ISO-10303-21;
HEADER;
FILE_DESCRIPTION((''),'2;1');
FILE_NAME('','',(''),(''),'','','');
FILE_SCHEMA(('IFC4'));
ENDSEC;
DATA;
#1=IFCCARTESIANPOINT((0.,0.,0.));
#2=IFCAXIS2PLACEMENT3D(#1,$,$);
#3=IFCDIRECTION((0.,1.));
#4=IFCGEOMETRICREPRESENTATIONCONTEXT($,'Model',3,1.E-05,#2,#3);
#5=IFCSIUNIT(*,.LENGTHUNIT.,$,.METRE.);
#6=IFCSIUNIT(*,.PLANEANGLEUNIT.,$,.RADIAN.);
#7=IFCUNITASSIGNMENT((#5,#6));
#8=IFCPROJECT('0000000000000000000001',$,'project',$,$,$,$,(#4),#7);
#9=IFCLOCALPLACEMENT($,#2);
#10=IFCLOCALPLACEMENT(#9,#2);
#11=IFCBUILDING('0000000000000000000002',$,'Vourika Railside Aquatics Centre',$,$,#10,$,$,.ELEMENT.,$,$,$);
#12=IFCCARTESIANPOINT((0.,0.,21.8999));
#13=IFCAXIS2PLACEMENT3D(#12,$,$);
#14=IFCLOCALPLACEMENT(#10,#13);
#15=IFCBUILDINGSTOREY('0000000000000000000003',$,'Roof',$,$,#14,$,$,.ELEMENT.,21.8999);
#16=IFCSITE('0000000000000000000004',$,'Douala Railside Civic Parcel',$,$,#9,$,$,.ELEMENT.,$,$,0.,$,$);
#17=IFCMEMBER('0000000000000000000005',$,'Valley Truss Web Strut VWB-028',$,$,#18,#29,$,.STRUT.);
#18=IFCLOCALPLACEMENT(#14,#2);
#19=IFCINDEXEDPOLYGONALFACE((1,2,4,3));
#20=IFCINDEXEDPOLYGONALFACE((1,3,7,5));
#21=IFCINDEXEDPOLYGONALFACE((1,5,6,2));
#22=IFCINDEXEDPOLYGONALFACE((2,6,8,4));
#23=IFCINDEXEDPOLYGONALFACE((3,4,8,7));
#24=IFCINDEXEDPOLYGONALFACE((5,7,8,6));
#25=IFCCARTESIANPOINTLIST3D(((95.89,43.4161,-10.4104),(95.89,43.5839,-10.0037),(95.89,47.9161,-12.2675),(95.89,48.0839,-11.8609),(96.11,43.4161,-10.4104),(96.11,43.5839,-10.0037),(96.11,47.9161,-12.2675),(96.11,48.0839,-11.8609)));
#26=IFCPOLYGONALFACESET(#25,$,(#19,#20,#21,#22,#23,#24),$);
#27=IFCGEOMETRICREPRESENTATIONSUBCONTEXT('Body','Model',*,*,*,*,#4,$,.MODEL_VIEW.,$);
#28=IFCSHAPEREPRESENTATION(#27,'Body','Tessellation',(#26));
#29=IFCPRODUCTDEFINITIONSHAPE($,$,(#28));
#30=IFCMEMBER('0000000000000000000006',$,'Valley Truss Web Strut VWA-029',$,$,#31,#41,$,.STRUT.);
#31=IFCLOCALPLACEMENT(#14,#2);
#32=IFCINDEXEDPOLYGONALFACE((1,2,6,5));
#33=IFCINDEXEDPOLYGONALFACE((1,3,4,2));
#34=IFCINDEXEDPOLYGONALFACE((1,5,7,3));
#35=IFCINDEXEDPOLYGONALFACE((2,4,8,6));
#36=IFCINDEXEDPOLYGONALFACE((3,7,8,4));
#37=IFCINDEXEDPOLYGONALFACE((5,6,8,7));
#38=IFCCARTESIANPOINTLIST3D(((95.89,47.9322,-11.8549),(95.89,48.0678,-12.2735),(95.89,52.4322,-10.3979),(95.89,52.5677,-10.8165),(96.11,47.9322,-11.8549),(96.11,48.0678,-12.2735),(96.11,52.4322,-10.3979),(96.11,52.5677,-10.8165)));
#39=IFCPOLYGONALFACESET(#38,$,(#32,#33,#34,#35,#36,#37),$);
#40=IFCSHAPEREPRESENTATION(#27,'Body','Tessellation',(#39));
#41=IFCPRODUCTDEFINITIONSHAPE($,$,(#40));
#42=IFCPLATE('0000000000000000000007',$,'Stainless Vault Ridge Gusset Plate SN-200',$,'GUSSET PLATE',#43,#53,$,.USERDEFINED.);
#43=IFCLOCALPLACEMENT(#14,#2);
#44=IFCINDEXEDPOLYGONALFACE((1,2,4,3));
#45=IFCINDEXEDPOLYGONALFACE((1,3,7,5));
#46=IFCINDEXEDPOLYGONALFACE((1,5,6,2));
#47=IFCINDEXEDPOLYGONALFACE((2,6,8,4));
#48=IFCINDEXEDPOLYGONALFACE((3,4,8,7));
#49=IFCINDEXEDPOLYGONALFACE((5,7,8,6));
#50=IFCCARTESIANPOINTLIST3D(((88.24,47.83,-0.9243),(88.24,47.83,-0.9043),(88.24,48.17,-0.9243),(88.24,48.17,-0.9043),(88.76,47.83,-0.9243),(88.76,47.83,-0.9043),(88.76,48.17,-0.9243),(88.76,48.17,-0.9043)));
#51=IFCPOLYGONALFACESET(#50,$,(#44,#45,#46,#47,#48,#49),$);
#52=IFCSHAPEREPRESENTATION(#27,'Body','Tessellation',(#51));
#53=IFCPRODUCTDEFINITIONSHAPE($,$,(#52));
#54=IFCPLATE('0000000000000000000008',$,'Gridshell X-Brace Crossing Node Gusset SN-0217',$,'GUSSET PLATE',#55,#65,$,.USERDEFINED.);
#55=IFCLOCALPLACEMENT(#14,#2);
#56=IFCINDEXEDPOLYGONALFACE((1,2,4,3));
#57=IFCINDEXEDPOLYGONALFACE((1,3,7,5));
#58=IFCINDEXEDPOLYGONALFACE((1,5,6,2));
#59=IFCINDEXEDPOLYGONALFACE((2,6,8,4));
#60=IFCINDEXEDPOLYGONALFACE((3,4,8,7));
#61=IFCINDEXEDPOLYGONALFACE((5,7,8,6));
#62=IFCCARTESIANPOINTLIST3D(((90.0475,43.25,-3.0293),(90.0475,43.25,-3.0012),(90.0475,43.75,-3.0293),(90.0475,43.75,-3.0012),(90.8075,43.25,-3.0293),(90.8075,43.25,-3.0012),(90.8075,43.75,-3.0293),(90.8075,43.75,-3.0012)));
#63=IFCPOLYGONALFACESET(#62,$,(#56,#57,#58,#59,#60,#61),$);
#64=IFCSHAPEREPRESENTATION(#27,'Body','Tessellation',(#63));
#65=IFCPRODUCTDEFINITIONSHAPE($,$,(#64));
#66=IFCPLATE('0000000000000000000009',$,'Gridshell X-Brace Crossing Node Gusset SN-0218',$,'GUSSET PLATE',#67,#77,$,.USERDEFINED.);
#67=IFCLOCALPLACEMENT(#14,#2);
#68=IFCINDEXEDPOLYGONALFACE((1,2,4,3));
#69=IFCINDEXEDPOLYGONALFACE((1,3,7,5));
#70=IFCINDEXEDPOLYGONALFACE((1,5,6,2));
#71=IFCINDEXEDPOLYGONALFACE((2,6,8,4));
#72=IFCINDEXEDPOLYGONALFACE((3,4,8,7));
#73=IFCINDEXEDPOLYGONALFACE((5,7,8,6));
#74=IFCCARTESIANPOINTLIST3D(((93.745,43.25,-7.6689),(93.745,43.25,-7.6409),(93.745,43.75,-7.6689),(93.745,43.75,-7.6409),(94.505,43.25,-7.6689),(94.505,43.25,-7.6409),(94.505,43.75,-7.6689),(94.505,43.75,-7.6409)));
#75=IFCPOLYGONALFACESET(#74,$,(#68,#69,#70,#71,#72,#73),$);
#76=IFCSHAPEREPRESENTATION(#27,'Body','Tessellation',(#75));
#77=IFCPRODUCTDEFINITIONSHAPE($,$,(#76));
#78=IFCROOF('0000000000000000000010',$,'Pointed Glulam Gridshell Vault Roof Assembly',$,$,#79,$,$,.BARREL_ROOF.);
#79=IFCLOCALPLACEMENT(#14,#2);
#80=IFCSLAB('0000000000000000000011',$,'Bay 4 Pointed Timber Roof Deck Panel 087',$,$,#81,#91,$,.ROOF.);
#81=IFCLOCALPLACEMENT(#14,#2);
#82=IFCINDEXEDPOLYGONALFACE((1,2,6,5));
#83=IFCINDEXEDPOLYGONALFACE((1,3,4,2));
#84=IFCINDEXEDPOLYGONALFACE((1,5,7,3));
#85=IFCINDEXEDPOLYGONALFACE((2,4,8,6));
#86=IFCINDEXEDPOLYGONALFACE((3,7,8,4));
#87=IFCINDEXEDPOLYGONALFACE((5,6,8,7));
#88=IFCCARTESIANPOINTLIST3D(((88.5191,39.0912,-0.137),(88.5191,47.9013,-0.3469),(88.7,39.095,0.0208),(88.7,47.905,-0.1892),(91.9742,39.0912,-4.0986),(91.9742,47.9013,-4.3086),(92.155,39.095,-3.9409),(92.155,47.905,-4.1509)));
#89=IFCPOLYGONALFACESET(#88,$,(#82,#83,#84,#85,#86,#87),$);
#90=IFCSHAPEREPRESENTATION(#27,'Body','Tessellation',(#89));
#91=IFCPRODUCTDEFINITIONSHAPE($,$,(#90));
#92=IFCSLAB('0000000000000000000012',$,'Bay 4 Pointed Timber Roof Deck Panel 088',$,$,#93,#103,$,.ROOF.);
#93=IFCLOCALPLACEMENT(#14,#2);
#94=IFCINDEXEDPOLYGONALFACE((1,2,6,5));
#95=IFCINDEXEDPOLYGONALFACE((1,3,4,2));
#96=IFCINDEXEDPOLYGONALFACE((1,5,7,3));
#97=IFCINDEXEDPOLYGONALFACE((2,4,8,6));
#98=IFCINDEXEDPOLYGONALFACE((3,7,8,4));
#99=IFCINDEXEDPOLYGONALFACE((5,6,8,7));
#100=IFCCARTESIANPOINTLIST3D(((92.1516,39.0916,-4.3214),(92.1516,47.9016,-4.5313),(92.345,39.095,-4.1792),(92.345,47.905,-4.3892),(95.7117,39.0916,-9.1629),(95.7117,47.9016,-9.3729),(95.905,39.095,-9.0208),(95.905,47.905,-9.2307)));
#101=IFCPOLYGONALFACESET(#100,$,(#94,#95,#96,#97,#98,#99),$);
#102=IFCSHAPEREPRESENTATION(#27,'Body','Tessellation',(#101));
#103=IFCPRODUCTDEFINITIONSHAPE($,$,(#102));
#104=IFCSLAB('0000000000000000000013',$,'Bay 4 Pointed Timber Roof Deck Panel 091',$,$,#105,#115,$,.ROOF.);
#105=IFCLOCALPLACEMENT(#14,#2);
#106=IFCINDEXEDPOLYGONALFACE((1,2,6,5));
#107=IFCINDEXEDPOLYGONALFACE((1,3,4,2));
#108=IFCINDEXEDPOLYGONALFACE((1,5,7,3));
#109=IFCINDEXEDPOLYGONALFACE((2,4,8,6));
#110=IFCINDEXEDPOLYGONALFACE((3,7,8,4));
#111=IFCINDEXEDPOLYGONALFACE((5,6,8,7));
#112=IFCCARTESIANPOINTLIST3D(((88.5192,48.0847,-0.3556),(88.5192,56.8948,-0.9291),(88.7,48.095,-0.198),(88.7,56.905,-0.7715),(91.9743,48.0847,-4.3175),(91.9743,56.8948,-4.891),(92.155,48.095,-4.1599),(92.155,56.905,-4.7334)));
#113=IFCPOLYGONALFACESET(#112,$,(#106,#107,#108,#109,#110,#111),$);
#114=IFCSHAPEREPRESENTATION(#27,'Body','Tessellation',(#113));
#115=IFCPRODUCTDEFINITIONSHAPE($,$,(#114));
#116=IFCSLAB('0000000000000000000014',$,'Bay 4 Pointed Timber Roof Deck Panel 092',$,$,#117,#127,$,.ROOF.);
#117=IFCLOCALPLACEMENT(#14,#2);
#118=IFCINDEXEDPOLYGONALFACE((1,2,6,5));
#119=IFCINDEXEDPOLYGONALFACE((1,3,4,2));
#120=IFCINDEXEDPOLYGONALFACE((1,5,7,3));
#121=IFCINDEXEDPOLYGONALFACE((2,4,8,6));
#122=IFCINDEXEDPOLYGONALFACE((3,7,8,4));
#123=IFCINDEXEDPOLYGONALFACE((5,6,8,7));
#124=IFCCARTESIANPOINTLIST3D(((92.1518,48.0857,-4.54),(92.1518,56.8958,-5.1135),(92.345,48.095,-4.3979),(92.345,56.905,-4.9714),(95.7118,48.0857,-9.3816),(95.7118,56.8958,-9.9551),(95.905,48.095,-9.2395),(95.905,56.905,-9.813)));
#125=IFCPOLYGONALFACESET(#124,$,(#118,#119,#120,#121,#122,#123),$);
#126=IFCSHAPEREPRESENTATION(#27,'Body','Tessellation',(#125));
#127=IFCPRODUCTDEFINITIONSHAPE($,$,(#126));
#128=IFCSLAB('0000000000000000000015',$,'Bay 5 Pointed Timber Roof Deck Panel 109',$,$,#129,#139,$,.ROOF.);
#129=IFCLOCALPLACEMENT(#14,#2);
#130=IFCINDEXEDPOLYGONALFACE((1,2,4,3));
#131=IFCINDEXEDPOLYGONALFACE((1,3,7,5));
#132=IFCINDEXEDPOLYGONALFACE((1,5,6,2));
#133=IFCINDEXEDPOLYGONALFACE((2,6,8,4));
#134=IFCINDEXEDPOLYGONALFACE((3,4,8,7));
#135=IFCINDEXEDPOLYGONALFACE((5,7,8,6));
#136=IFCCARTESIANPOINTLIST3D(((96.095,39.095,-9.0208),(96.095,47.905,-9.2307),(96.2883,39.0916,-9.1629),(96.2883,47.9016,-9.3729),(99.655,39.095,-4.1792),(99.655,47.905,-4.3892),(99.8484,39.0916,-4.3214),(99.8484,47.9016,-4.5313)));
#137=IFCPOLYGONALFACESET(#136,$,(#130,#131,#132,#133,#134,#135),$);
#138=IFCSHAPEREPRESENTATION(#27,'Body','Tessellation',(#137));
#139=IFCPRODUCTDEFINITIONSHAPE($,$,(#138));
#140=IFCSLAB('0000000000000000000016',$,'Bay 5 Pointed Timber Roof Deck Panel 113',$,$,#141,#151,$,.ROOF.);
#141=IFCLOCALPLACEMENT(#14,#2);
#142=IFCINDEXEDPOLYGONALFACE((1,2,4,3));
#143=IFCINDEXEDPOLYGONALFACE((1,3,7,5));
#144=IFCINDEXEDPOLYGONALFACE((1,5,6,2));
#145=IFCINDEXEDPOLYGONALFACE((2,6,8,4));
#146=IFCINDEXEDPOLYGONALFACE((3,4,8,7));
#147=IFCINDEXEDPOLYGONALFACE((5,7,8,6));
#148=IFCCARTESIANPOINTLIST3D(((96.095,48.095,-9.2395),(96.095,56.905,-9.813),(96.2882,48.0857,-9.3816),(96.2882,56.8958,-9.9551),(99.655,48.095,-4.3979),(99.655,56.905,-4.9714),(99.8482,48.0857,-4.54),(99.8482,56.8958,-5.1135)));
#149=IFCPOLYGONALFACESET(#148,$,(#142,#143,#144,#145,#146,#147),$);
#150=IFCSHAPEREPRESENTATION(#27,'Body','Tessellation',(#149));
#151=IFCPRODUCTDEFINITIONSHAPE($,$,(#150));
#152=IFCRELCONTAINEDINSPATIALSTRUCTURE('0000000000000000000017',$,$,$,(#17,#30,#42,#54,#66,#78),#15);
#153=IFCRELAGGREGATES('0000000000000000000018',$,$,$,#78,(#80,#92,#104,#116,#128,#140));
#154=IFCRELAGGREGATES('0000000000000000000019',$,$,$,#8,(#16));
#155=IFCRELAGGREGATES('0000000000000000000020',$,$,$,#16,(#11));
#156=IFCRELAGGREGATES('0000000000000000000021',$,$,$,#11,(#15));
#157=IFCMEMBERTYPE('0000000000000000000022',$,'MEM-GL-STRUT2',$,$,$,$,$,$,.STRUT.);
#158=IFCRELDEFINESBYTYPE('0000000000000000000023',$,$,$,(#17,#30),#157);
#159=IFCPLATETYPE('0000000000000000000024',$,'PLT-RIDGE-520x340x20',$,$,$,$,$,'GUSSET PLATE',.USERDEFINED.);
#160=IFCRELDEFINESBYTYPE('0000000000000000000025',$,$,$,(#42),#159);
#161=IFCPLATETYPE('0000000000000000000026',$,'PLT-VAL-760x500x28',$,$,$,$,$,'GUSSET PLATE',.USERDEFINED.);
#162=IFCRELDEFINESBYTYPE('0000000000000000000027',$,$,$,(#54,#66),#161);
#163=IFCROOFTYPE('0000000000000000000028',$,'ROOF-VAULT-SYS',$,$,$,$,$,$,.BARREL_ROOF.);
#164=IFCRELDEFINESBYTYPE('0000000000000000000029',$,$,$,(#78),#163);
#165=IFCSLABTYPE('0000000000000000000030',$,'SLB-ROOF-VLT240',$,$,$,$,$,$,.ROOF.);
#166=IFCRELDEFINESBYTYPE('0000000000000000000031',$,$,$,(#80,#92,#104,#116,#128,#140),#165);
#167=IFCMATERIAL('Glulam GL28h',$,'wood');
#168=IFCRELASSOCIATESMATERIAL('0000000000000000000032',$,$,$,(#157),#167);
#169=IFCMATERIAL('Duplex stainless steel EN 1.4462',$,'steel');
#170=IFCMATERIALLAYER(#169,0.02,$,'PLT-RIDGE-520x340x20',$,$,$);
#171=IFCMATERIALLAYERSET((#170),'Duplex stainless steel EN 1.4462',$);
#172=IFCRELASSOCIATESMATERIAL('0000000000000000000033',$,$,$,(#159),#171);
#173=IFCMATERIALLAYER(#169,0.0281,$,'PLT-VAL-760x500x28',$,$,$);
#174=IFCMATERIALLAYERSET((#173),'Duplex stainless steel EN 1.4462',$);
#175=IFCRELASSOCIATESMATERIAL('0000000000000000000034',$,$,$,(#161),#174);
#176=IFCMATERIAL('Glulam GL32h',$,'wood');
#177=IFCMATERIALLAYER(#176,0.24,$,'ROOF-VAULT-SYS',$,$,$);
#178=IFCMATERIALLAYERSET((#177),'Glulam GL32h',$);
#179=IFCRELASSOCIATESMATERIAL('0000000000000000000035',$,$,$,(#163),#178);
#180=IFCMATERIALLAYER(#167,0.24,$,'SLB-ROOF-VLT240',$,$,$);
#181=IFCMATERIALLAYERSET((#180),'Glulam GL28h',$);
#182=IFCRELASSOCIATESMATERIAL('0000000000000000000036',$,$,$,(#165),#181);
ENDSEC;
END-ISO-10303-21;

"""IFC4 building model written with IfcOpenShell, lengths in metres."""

from ifc_helpers import new_model, si_unit, direction, frame, origin, origin_2d, place, context, subcontext, project, spatial, polyline, rectangle, outline, extrude, material, layer, layer_set, material_profile, profile_set, type_object, element, aggregate, save


model = new_model("IFC4")

# Units and contexts
model_context = context("Model", 3, precision=1e-05, world=origin(), true_north=direction((0.0, 1.0)))
body_context = subcontext(model_context, "Body", "Model", "MODEL_VIEW")
ifc_project = project(units=[si_unit("LENGTHUNIT", "METRE"), si_unit("PLANEANGLEUNIT", "RADIAN")], contexts=[model_context])

# Site, building, storey
site_placement = place(None, origin())
site = spatial("IfcSite", under=ifc_project, at=site_placement, Name="Douala Railside Civic Parcel", CompositionType="ELEMENT", RefElevation=0.0)
building_placement = place(site_placement, origin())
building = spatial("IfcBuilding", under=site, at=building_placement, Name="Vourika Railside Aquatics Centre", CompositionType="ELEMENT")
storey_placement = place(building_placement, frame((0.0, 0.0, 21.8999)))
storey = spatial("IfcBuildingStorey", under=building, at=storey_placement, Name="Roof", CompositionType="ELEMENT", Elevation=21.8999)

# Shared definitions
ifc_material_1 = material(Name="Glulam GL32h", Category="wood")

# Members
ifc_material_2 = material(Name="Glulam GL28h", Category="wood")
ifc_material_profile_1 = material_profile(ifc_material_2, rectangle(XDim=0.22, YDim=0.4399, at=origin_2d()), Name="GL28h 220x440")
ifc_profile_set_1 = profile_set([ifc_material_profile_1], Name="Glulam GL28h")
member_type_1 = type_object("IfcMemberType", Name="MEM-GL-STRUT2", PredefinedType="STRUT", material=ifc_profile_set_1)
member_1_placement = place(storey_placement, frame((96.0, 43.5, -10.207), z_axis=(0.0, 0.924371, -0.381494), x_axis=(-1.0, 0.0, 0.0)))
element("IfcMember", 1, at=member_1_placement, inside=storey, type_object=member_type_1, Name="Valley Truss Web Strut VWB-028", PredefinedType="STRUT", context=body_context, shape_type="SweptSolid", body=[
    extrude(rectangle(XDim=0.22, YDim=0.4399, at=origin_2d()), origin(), (0.0, 0.0, 1.0), 4.8682),
])
member_2_placement = place(storey_placement, frame((96.0, 48.0, -12.0642), z_axis=(0.0, 0.951373, 0.30804), x_axis=(-1.0, 0.0, 0.0)))
element("IfcMember", 2, at=member_2_placement, inside=storey, type_object=member_type_1, Name="Valley Truss Web Strut VWA-029", PredefinedType="STRUT", context=body_context, shape_type="SweptSolid", body=[
    extrude(rectangle(XDim=0.22, YDim=0.4399, at=origin_2d()), origin(), (0.0, 0.0, 1.0), 4.73),
])

# Plates
ifc_material_3 = material(Name="Duplex stainless steel EN 1.4462", Category="steel")
ifc_layer_1 = layer(ifc_material_3, 0.02, Name="PLT-RIDGE-520x340x20")
ifc_layer_set_1 = layer_set([ifc_layer_1], Name="Duplex stainless steel EN 1.4462")
plate_type_1 = type_object("IfcPlateType", Name="PLT-RIDGE-520x340x20", ElementType="GUSSET PLATE", PredefinedType="USERDEFINED", material=ifc_layer_set_1)
plate_placement = place(storey_placement, frame((88.5, 48.0, -0.9243), z_axis=(0.0, 0.0, 1.0), x_axis=(1.0, 0.0, 0.0)))
element("IfcPlate", 3, at=plate_placement, inside=storey, type_object=plate_type_1, Name="Stainless Vault Ridge Gusset Plate SN-200", ObjectType="GUSSET PLATE", PredefinedType="USERDEFINED", context=body_context, shape_type="SweptSolid", body=[
    extrude(rectangle(XDim=0.52, YDim=0.3401, at=origin_2d()), origin(), (0.0, 0.0, 1.0), 0.02),
])
ifc_layer_2 = layer(ifc_material_3, 0.0281, Name="PLT-VAL-760x500x28")
ifc_layer_set_2 = layer_set([ifc_layer_2], Name="Duplex stainless steel EN 1.4462")
plate_type_2 = type_object("IfcPlateType", Name="PLT-VAL-760x500x28", ElementType="GUSSET PLATE", PredefinedType="USERDEFINED", material=ifc_layer_set_2)
for number, where, z_axis, x_axis, name in (
    (4, (90.4275, 43.5, -3.0293), (0.0, 0.0, 1.0), (1.0, 0.0, 0.0), "Gridshell X-Brace Crossing Node Gusset SN-0217"),
    (5, (94.125, 43.5, -7.6689), (0.0, 0.0, 1.0), (1.0, 0.0, 0.0), "Gridshell X-Brace Crossing Node Gusset SN-0218"),
):
    element("IfcPlate", number, at=place(storey_placement, frame(where, z_axis=z_axis, x_axis=x_axis)), inside=storey, type_object=plate_type_2, Name=name, ObjectType="GUSSET PLATE", PredefinedType="USERDEFINED", context=body_context, shape_type="SweptSolid", body=[
        extrude(rectangle(XDim=0.76, YDim=0.5, at=origin_2d()), origin(), (0.0, 0.0, 1.0), 0.0281),
    ])

# Roof, slabs
ifc_layer_3 = layer(ifc_material_1, 0.24, Name="ROOF-VAULT-SYS")
ifc_layer_set_3 = layer_set([ifc_layer_3], Name="Glulam GL32h")
roof_type = type_object("IfcRoofType", Name="ROOF-VAULT-SYS", PredefinedType="BARREL_ROOF", material=ifc_layer_set_3)
roof_placement = place(storey_placement, origin())
roof = element("IfcRoof", 6, at=roof_placement, inside=storey, type_object=roof_type, Name="Pointed Glulam Gridshell Vault Roof Assembly", PredefinedType="BARREL_ROOF")
ifc_layer_4 = layer(ifc_material_2, 0.24, Name="SLB-ROOF-VLT240")
ifc_layer_set_4 = layer_set([ifc_layer_4], Name="Glulam GL28h")
slab_type = type_object("IfcSlabType", Name="SLB-ROOF-VLT240", PredefinedType="ROOF", material=ifc_layer_set_4)
slab_1_placement = place(storey_placement, frame((88.7, 39.095, 0.0208), z_axis=(0.753556, 0.015662, 0.657197), x_axis=(0.657277, 0.0, -0.753649)))
slab_1 = element("IfcSlab", 7, at=slab_1_placement, type_object=slab_type, Name="Bay 4 Pointed Timber Roof Deck Panel 087", PredefinedType="ROOF", context=body_context, shape_type="SweptSolid", body=[
    extrude(outline(polyline([(0.0, 0.0), (5.2567, 0.0), (5.4149, 8.8111), (0.1582, 8.8111), (0.0, 0.0)])), origin(), (0.0, 0.0, -1.0), 0.24),
])
slab_2_placement = place(storey_placement, frame((92.345, 39.095, -4.1792), z_axis=(0.805563, 0.014117, 0.592342), x_axis=(0.592401, 0.0, -0.805644)))
slab_2 = element("IfcSlab", 8, at=slab_2_placement, type_object=slab_type, Name="Bay 4 Pointed Timber Roof Deck Panel 088", PredefinedType="ROOF", context=body_context, shape_type="SweptSolid", body=[
    extrude(outline(polyline([(0.0, 0.0), (6.0095, 0.0), (6.1787, 8.8109), (0.1692, 8.8109), (0.0, 0.0)])), origin(), (0.0, 0.0, -1.0), 0.24),
])
slab_3_placement = place(storey_placement, frame((88.7, 48.095, -0.198), z_axis=(0.75298, 0.042745, 0.656654), x_axis=(0.657254, 0.0, -0.753669)))
slab_3 = element("IfcSlab", 9, at=slab_3_placement, type_object=slab_type, Name="Bay 4 Pointed Timber Roof Deck Panel 091", PredefinedType="ROOF", context=body_context, shape_type="SweptSolid", body=[
    extrude(outline(polyline([(0.0, 0.0), (5.2568, 0.0), (5.6891, 8.8181), (0.4322, 8.8181), (0.0, 0.0)])), origin(), (0.0, 0.0, -1.0), 0.24),
])
slab_4_placement = place(storey_placement, frame((92.345, 48.095, -4.3979), z_axis=(0.805045, 0.038533, 0.591961), x_axis=(0.592401, 0.0, -0.805644)))
slab_4 = element("IfcSlab", 10, at=slab_4_placement, type_object=slab_type, Name="Bay 4 Pointed Timber Roof Deck Panel 092", PredefinedType="ROOF", context=body_context, shape_type="SweptSolid", body=[
    extrude(outline(polyline([(0.0, 0.0), (6.0095, 0.0), (6.4716, 8.8166), (0.462, 8.8166), (0.0, 0.0)])), origin(), (0.0, 0.0, -1.0), 0.24),
])
slab_5_placement = place(storey_placement, frame((96.095, 39.095, -9.0208), z_axis=(-0.805563, 0.014117, 0.592342), x_axis=(0.592401, 0.0, 0.805644)))
slab_5 = element("IfcSlab", 11, at=slab_5_placement, type_object=slab_type, Name="Bay 5 Pointed Timber Roof Deck Panel 109", PredefinedType="ROOF", context=body_context, shape_type="SweptSolid", body=[
    extrude(outline(polyline([(0.0, 0.0), (6.0095, 0.0), (5.8404, 8.8109), (-0.1692, 8.8109), (0.0, 0.0)])), origin(), (0.0, 0.0, -1.0), 0.24),
])
slab_6_placement = place(storey_placement, frame((96.095, 48.095, -9.2395), z_axis=(-0.805045, 0.038533, 0.591961), x_axis=(0.592401, 0.0, 0.805644)))
slab_6 = element("IfcSlab", 12, at=slab_6_placement, type_object=slab_type, Name="Bay 5 Pointed Timber Roof Deck Panel 113", PredefinedType="ROOF", context=body_context, shape_type="SweptSolid", body=[
    extrude(outline(polyline([(0.0, 0.0), (6.0095, 0.0), (5.5475, 8.8166), (-0.462, 8.8166), (0.0, 0.0)])), origin(), (0.0, 0.0, -1.0), 0.24),
])
aggregate(roof, [slab_1, slab_2, slab_3, slab_4, slab_5, slab_6])

save(model, "model.ifc")
